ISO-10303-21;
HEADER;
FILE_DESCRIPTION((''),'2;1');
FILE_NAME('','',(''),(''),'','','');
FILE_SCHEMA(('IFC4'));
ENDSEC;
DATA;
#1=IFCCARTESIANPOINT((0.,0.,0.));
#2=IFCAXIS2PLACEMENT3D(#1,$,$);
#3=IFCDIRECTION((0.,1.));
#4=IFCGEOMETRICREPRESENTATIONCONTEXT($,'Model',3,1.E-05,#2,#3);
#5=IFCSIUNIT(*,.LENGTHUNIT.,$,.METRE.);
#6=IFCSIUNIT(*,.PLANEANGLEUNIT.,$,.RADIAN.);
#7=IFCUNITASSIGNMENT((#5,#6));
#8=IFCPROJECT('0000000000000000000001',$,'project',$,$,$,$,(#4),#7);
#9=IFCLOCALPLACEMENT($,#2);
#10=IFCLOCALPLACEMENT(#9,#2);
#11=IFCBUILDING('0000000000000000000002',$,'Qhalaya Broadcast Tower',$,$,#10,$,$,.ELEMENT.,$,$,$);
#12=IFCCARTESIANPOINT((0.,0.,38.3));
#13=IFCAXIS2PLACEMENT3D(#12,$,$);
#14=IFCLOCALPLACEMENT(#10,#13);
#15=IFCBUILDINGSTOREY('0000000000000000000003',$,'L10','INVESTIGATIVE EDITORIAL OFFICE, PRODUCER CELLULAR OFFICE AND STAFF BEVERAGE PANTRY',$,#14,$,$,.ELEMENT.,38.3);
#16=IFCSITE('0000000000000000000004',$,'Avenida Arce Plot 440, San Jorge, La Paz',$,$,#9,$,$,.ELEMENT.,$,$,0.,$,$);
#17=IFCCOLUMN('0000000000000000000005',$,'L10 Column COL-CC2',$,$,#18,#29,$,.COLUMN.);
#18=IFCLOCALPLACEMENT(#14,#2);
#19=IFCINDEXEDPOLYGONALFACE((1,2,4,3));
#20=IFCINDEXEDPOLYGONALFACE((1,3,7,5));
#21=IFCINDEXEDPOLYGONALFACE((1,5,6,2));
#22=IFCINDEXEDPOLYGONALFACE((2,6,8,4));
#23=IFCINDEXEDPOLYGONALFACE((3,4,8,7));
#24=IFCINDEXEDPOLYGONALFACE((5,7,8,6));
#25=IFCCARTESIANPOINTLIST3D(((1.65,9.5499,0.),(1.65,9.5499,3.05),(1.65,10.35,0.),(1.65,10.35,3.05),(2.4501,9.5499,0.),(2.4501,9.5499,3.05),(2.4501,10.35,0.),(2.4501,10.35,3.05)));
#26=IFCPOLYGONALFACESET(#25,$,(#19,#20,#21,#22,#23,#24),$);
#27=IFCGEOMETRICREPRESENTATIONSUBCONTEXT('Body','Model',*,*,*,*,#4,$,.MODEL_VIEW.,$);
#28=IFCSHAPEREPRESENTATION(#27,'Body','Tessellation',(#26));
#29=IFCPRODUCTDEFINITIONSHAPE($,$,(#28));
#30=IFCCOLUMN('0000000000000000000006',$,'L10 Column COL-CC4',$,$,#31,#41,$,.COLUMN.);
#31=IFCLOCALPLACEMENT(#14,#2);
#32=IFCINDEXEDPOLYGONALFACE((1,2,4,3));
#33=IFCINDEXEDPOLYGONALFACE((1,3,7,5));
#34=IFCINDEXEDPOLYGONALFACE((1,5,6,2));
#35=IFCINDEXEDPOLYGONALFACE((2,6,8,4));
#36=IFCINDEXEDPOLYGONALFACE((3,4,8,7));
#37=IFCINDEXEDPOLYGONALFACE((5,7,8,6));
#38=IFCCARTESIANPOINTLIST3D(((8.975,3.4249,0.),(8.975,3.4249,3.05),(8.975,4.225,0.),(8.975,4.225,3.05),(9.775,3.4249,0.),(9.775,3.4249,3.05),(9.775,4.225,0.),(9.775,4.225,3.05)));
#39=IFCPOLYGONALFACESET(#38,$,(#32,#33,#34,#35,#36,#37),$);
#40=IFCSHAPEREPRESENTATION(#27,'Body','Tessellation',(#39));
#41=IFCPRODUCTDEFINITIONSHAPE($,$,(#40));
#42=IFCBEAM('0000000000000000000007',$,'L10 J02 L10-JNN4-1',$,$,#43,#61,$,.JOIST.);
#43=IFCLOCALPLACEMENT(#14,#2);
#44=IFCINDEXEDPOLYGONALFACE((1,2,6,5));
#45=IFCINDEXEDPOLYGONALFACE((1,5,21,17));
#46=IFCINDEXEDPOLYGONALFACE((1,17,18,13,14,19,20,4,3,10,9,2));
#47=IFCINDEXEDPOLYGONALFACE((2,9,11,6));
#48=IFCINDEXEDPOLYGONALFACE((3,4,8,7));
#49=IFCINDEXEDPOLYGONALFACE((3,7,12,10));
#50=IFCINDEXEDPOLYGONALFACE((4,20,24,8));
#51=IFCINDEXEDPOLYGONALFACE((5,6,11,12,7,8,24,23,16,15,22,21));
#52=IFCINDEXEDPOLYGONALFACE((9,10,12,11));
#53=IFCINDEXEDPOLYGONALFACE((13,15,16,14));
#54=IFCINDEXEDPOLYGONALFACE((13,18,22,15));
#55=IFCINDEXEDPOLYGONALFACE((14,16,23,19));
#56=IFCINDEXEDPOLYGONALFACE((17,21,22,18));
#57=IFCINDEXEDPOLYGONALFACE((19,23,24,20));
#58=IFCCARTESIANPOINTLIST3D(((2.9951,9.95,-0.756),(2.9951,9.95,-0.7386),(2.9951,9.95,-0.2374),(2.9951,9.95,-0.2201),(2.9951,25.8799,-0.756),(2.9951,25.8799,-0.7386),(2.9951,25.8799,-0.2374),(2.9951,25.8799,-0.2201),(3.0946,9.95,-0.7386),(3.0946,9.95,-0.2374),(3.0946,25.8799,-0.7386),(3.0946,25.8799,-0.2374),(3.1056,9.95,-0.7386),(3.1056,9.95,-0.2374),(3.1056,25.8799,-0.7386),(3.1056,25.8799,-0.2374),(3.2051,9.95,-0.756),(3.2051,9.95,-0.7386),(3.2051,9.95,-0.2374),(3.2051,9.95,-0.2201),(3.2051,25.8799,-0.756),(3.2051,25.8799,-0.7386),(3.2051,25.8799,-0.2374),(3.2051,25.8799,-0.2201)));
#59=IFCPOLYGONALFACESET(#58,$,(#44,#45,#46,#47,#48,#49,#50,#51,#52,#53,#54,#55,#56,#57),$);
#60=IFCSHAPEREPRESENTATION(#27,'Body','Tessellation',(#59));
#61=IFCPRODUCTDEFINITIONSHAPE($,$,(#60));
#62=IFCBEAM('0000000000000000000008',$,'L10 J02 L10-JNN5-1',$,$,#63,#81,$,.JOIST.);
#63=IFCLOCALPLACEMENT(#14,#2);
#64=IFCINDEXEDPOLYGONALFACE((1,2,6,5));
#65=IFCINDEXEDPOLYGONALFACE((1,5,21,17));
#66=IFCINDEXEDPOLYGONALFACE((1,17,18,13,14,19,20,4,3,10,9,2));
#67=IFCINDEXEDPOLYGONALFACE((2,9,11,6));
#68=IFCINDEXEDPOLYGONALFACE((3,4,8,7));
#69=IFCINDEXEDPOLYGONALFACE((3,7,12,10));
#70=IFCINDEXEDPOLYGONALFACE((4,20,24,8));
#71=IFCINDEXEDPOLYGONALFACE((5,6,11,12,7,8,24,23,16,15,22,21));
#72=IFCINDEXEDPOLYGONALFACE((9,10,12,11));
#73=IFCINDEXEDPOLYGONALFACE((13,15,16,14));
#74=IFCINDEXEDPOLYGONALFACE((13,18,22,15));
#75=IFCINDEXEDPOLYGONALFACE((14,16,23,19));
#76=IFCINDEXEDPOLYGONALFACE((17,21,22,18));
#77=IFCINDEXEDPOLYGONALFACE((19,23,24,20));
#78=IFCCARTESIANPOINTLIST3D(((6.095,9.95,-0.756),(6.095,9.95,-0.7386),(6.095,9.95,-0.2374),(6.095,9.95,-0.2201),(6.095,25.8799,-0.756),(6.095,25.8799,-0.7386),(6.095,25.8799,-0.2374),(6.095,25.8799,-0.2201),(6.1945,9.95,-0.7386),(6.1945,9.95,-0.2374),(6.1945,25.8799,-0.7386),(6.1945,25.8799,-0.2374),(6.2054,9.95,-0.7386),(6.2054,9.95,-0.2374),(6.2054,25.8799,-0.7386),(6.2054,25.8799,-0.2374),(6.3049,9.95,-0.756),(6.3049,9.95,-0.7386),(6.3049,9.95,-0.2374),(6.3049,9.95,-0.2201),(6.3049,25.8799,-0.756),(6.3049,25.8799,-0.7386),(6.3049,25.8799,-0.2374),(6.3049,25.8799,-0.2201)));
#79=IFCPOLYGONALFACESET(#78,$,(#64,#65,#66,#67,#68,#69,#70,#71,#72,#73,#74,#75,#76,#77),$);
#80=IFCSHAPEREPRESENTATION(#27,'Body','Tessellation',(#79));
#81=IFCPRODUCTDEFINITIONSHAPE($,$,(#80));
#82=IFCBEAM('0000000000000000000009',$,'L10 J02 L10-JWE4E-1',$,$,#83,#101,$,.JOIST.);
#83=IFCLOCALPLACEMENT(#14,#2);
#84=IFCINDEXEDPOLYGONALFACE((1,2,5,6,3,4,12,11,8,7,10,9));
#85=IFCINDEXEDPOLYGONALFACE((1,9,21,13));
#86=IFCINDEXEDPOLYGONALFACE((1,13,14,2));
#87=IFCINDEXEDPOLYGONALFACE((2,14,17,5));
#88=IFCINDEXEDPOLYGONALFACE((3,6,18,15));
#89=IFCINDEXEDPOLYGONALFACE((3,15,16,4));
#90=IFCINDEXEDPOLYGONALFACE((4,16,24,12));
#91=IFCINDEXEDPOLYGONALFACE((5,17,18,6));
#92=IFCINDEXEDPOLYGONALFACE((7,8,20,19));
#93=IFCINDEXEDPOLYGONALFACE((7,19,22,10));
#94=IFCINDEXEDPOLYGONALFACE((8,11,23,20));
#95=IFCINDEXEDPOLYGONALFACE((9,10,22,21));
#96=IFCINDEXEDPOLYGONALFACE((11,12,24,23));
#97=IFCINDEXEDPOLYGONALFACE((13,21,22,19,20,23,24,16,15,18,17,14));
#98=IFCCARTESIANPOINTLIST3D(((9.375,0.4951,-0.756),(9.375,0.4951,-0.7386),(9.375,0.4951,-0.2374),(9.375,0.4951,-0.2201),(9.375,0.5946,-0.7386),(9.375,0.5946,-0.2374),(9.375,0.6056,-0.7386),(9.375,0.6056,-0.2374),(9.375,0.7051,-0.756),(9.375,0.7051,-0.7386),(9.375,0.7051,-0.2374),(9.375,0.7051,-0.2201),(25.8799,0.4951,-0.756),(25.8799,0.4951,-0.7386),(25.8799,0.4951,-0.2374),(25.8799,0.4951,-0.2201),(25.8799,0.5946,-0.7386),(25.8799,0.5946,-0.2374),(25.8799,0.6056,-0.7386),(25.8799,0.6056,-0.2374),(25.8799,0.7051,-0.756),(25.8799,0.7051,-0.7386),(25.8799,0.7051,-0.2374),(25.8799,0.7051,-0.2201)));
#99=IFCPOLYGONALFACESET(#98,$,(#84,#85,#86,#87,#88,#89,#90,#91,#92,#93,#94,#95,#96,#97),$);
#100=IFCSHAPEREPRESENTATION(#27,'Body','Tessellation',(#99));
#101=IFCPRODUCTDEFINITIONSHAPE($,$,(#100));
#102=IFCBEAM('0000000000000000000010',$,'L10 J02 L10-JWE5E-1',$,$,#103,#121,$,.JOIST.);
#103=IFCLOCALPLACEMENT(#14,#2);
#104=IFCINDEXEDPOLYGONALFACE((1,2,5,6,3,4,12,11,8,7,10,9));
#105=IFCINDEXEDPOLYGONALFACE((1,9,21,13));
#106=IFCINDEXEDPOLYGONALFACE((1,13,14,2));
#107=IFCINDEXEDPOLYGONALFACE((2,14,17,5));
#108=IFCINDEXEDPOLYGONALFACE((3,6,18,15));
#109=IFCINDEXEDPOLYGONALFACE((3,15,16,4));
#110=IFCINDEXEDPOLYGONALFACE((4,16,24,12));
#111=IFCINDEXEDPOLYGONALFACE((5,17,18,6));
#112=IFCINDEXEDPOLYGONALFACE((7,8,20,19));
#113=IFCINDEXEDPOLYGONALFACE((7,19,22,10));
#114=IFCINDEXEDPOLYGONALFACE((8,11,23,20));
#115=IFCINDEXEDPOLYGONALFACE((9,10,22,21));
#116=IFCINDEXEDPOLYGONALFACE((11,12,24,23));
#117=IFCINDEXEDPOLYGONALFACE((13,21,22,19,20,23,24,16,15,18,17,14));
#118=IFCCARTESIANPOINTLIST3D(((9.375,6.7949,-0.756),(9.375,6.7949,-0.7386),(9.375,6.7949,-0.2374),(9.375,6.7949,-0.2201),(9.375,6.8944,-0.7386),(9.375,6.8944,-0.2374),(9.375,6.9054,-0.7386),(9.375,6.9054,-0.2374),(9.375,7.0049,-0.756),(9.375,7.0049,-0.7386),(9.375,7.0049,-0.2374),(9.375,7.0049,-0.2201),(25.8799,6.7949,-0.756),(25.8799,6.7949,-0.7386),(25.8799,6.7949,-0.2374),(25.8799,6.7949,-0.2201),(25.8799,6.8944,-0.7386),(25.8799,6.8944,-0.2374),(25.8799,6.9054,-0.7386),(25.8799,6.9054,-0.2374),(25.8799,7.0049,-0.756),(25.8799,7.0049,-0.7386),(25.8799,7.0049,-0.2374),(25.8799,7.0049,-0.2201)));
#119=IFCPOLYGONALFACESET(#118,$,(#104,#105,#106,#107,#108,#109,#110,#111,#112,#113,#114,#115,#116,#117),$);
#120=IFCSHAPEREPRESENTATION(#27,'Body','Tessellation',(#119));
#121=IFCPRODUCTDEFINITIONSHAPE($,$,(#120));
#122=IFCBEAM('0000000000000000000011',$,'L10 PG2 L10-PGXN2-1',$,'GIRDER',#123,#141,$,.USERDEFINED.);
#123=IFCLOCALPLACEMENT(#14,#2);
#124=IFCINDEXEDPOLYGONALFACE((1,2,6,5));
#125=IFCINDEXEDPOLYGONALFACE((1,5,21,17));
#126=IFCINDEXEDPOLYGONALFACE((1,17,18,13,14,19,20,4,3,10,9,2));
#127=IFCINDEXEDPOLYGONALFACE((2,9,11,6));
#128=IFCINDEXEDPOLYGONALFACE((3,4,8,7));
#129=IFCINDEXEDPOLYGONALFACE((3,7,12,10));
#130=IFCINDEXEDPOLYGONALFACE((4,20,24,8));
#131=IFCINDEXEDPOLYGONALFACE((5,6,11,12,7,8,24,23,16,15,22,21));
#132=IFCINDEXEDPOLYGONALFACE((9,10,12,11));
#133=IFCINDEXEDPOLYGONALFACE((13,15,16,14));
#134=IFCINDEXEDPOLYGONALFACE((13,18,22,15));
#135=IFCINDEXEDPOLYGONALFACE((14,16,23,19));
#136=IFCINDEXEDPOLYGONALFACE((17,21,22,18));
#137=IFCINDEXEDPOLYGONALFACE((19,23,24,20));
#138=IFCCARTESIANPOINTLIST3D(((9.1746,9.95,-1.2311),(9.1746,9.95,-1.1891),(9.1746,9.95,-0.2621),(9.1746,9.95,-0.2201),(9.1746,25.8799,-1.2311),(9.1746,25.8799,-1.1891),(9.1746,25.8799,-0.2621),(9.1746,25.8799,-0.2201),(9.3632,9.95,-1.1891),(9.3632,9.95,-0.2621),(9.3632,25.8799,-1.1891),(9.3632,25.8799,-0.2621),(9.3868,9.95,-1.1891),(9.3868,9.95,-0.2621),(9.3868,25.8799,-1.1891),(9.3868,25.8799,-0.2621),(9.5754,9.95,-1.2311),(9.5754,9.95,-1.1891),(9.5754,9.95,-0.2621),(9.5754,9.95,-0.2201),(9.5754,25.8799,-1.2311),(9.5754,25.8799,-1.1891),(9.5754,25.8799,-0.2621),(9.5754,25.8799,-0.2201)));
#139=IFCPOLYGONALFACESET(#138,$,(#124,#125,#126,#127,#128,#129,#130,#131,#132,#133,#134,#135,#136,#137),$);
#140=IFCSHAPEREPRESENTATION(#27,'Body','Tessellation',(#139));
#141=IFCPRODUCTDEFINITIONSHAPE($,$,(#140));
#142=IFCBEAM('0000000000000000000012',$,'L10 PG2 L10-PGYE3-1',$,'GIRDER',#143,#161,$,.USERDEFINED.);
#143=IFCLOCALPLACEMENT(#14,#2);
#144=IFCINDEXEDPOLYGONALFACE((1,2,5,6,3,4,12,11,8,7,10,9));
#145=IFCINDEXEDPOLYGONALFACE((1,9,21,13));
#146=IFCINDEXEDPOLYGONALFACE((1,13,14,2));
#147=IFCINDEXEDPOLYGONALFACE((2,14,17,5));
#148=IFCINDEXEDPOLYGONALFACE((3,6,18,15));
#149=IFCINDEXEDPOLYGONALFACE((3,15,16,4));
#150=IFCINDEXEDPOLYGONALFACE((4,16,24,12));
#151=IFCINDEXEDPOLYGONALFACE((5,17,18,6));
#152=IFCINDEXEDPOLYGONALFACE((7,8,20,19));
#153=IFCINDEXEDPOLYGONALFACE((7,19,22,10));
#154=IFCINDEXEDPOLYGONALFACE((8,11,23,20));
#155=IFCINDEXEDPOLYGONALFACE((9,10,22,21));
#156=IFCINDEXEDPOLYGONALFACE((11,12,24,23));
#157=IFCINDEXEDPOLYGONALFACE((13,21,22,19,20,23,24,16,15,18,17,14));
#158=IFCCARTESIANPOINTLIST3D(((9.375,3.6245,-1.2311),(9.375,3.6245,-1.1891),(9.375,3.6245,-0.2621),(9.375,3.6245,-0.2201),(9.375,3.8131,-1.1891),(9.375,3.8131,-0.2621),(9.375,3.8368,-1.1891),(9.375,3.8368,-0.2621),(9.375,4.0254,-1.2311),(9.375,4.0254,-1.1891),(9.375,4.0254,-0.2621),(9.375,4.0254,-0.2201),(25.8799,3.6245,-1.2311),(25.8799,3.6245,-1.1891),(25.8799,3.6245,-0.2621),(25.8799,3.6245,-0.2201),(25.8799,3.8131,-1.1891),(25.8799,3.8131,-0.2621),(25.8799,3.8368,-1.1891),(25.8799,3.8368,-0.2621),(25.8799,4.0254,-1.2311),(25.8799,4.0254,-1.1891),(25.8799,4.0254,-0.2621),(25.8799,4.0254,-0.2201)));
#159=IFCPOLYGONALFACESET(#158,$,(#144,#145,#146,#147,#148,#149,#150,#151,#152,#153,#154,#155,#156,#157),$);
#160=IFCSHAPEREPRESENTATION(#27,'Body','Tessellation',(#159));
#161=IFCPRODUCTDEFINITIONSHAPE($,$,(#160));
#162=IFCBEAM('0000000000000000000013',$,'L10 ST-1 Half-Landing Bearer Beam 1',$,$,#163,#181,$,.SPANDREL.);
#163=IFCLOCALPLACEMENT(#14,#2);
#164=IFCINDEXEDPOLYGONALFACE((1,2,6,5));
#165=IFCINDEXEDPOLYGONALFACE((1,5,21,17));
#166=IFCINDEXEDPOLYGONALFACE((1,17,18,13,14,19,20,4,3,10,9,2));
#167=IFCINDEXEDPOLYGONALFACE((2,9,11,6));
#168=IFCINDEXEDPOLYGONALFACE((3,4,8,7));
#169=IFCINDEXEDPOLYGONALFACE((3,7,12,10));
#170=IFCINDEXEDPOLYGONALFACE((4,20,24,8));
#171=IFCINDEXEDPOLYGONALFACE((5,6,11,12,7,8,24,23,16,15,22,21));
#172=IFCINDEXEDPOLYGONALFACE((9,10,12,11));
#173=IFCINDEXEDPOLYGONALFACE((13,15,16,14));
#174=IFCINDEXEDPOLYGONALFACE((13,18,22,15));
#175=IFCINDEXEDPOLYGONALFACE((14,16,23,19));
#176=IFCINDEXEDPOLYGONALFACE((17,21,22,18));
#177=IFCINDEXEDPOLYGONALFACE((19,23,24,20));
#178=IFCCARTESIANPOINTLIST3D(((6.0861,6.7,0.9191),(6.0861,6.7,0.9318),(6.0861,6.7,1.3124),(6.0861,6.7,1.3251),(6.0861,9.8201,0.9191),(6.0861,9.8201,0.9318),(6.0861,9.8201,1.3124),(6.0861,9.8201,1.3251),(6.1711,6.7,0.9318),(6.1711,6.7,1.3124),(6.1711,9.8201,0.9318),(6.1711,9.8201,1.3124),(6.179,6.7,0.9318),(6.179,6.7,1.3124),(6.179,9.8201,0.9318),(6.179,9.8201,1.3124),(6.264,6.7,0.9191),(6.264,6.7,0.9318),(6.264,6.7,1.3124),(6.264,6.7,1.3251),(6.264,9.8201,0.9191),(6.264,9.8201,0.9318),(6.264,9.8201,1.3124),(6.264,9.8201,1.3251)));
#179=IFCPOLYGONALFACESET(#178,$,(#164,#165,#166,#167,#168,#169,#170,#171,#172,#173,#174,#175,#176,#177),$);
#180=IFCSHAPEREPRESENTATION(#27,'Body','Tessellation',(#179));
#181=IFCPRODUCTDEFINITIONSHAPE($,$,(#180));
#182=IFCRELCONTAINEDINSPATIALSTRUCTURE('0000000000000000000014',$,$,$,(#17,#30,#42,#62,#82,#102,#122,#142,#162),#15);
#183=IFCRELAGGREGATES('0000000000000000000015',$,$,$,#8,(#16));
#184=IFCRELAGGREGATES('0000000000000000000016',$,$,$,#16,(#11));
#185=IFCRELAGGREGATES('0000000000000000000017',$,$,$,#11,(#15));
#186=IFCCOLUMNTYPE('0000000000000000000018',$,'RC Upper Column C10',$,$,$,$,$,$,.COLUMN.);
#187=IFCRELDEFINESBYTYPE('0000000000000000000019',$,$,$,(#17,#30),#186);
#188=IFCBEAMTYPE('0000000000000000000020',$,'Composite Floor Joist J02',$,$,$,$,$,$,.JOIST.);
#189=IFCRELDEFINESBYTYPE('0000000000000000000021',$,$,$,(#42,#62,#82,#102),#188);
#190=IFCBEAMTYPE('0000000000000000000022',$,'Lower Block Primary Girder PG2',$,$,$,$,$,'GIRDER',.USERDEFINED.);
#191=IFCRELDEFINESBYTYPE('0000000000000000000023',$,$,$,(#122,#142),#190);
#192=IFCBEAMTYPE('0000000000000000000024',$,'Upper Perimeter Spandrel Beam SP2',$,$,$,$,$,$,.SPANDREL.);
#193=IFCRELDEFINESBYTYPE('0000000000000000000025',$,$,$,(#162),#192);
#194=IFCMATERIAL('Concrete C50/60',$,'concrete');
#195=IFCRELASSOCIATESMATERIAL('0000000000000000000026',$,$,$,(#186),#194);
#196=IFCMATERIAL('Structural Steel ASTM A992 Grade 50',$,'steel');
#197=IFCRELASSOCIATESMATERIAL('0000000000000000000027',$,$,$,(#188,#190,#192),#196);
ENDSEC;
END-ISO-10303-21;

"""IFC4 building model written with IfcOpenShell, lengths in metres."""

from ifc_helpers import new_model, si_unit, direction, frame, origin, origin_2d, place, context, subcontext, project, spatial, rectangle, i_section, extrude, material, material_profile, profile_set, type_object, element, save


model = new_model("IFC4")

# Units and contexts
model_context = context("Model", 3, precision=1e-05, world=origin(), true_north=direction((0.0, 1.0)))
body_context = subcontext(model_context, "Body", "Model", "MODEL_VIEW")
ifc_project = project(units=[si_unit("LENGTHUNIT", "METRE"), si_unit("PLANEANGLEUNIT", "RADIAN")], contexts=[model_context])

# Site, building, storey
site_placement = place(None, origin())
site = spatial("IfcSite", under=ifc_project, at=site_placement, Name="Avenida Arce Plot 440, San Jorge, La Paz", CompositionType="ELEMENT", RefElevation=0.0)
building_placement = place(site_placement, origin())
building = spatial("IfcBuilding", under=site, at=building_placement, Name="Qhalaya Broadcast Tower", CompositionType="ELEMENT")
storey_placement = place(building_placement, frame((0.0, 0.0, 38.3)))
storey = spatial("IfcBuildingStorey", under=building, at=storey_placement, Name="L10", Description="INVESTIGATIVE EDITORIAL OFFICE, PRODUCER CELLULAR OFFICE AND STAFF BEVERAGE PANTRY", CompositionType="ELEMENT", Elevation=38.3)

# Columns
ifc_material_1 = material(Name="Concrete C50/60", Category="concrete")
ifc_material_profile_1 = material_profile(ifc_material_1, rectangle(XDim=0.8, YDim=0.8, at=origin_2d()), Name="RC-COL 800x800")
ifc_profile_set_1 = profile_set([ifc_material_profile_1], Name="Concrete C50/60")
column_type = type_object("IfcColumnType", Name="RC Upper Column C10", PredefinedType="COLUMN", material=ifc_profile_set_1)
for number, where, z_axis, x_axis, name in (
    (1, (2.05, 9.95, 0.0), (0.0, 0.0, 1.0), (1.0, 0.0, 0.0), "L10 Column COL-CC2"),
    (2, (9.375, 3.825, 0.0), (0.0, 0.0, 1.0), (1.0, 0.0, 0.0), "L10 Column COL-CC4"),
):
    element("IfcColumn", number, at=place(storey_placement, frame(where, z_axis=z_axis, x_axis=x_axis)), inside=storey, type_object=column_type, Name=name, PredefinedType="COLUMN", context=body_context, shape_type="SweptSolid", body=[
        extrude(rectangle(XDim=0.8, YDim=0.8, at=origin_2d()), origin(), (0.0, 0.0, 1.0), 3.05),
    ])

# Beams
ifc_material_2 = material(Name="Structural Steel ASTM A992 Grade 50", Category="steel")
ifc_material_profile_2 = material_profile(ifc_material_2, i_section(OverallWidth=0.21, OverallDepth=0.5359, WebThickness=0.011, FlangeThickness=0.0173, at=origin_2d()), Name="W21X68")
ifc_profile_set_2 = profile_set([ifc_material_profile_2], Name="Structural Steel ASTM A992 Grade 50")
beam_type_1 = type_object("IfcBeamType", Name="Composite Floor Joist J02", PredefinedType="JOIST", material=ifc_profile_set_2)
for number, where, z_axis, x_axis, name in (
    (3, (3.1001, 9.95, -0.488), (0.0, 1.0, 0.0), (-1.0, 0.0, 0.0), "L10 J02 L10-JNN4-1"),
    (4, (6.2, 9.95, -0.488), (0.0, 1.0, 0.0), (-1.0, 0.0, 0.0), "L10 J02 L10-JNN5-1"),
):
    element("IfcBeam", number, at=place(storey_placement, frame(where, z_axis=z_axis, x_axis=x_axis)), inside=storey, type_object=beam_type_1, Name=name, PredefinedType="JOIST", context=body_context, shape_type="SweptSolid", body=[
        extrude(i_section(OverallWidth=0.21, OverallDepth=0.5359, WebThickness=0.011, FlangeThickness=0.0173, at=origin_2d()), origin(), (0.0, 0.0, 1.0), 15.9299),
    ])
for number, where, z_axis, x_axis, name in (
    (5, (9.375, 0.6001, -0.488), (1.0, 0.0, 0.0), (0.0, 1.0, 0.0), "L10 J02 L10-JWE4E-1"),
    (6, (9.375, 6.8999, -0.488), (1.0, 0.0, 0.0), (0.0, 1.0, 0.0), "L10 J02 L10-JWE5E-1"),
):
    element("IfcBeam", number, at=place(storey_placement, frame(where, z_axis=z_axis, x_axis=x_axis)), inside=storey, type_object=beam_type_1, Name=name, PredefinedType="JOIST", context=body_context, shape_type="SweptSolid", body=[
        extrude(i_section(OverallWidth=0.21, OverallDepth=0.5359, WebThickness=0.011, FlangeThickness=0.0173, at=origin_2d()), origin(), (0.0, 0.0, 1.0), 16.5049),
    ])
ifc_material_profile_3 = material_profile(ifc_material_2, i_section(OverallWidth=0.4009, OverallDepth=1.011, WebThickness=0.0237, FlangeThickness=0.042, at=origin_2d()), Name="W40X297")
ifc_profile_set_3 = profile_set([ifc_material_profile_3], Name="Structural Steel ASTM A992 Grade 50")
beam_type_2 = type_object("IfcBeamType", Name="Lower Block Primary Girder PG2", ElementType="GIRDER", PredefinedType="USERDEFINED", material=ifc_profile_set_3)
beam_1_placement = place(storey_placement, frame((9.375, 9.95, -0.7256), z_axis=(0.0, 1.0, 0.0), x_axis=(-1.0, 0.0, 0.0)))
element("IfcBeam", 7, at=beam_1_placement, inside=storey, type_object=beam_type_2, Name="L10 PG2 L10-PGXN2-1", ObjectType="GIRDER", PredefinedType="USERDEFINED", context=body_context, shape_type="SweptSolid", body=[
    extrude(i_section(OverallWidth=0.4009, OverallDepth=1.011, WebThickness=0.0237, FlangeThickness=0.042, at=origin_2d()), origin(), (0.0, 0.0, 1.0), 15.9299),
])
beam_2_placement = place(storey_placement, frame((9.375, 3.825, -0.7256), z_axis=(1.0, 0.0, 0.0), x_axis=(0.0, 1.0, 0.0)))
element("IfcBeam", 8, at=beam_2_placement, inside=storey, type_object=beam_type_2, Name="L10 PG2 L10-PGYE3-1", ObjectType="GIRDER", PredefinedType="USERDEFINED", context=body_context, shape_type="SweptSolid", body=[
    extrude(i_section(OverallWidth=0.4009, OverallDepth=1.011, WebThickness=0.0237, FlangeThickness=0.042, at=origin_2d()), origin(), (0.0, 0.0, 1.0), 16.5049),
])
ifc_material_profile_4 = material_profile(ifc_material_2, i_section(OverallWidth=0.178, OverallDepth=0.406, WebThickness=0.0078, FlangeThickness=0.0127, at=origin_2d()), Name="W16X40")
ifc_profile_set_4 = profile_set([ifc_material_profile_4], Name="Structural Steel ASTM A992 Grade 50")
beam_type_3 = type_object("IfcBeamType", Name="Upper Perimeter Spandrel Beam SP2", PredefinedType="SPANDREL", material=ifc_profile_set_4)
for number, where, z_axis, x_axis, name in (
    (9, (6.175, 6.7, 1.1221), (0.0, 1.0, 0.0), (-1.0, 0.0, 0.0), "L10 ST-1 Half-Landing Bearer Beam 1"),
):
    element("IfcBeam", number, at=place(storey_placement, frame(where, z_axis=z_axis, x_axis=x_axis)), inside=storey, type_object=beam_type_3, Name=name, PredefinedType="SPANDREL", context=body_context, shape_type="SweptSolid", body=[
        extrude(i_section(OverallWidth=0.178, OverallDepth=0.406, WebThickness=0.0078, FlangeThickness=0.0127, at=origin_2d()), origin(), (0.0, 0.0, 1.0), 3.1201),
    ])

save(model, "model.ifc")
